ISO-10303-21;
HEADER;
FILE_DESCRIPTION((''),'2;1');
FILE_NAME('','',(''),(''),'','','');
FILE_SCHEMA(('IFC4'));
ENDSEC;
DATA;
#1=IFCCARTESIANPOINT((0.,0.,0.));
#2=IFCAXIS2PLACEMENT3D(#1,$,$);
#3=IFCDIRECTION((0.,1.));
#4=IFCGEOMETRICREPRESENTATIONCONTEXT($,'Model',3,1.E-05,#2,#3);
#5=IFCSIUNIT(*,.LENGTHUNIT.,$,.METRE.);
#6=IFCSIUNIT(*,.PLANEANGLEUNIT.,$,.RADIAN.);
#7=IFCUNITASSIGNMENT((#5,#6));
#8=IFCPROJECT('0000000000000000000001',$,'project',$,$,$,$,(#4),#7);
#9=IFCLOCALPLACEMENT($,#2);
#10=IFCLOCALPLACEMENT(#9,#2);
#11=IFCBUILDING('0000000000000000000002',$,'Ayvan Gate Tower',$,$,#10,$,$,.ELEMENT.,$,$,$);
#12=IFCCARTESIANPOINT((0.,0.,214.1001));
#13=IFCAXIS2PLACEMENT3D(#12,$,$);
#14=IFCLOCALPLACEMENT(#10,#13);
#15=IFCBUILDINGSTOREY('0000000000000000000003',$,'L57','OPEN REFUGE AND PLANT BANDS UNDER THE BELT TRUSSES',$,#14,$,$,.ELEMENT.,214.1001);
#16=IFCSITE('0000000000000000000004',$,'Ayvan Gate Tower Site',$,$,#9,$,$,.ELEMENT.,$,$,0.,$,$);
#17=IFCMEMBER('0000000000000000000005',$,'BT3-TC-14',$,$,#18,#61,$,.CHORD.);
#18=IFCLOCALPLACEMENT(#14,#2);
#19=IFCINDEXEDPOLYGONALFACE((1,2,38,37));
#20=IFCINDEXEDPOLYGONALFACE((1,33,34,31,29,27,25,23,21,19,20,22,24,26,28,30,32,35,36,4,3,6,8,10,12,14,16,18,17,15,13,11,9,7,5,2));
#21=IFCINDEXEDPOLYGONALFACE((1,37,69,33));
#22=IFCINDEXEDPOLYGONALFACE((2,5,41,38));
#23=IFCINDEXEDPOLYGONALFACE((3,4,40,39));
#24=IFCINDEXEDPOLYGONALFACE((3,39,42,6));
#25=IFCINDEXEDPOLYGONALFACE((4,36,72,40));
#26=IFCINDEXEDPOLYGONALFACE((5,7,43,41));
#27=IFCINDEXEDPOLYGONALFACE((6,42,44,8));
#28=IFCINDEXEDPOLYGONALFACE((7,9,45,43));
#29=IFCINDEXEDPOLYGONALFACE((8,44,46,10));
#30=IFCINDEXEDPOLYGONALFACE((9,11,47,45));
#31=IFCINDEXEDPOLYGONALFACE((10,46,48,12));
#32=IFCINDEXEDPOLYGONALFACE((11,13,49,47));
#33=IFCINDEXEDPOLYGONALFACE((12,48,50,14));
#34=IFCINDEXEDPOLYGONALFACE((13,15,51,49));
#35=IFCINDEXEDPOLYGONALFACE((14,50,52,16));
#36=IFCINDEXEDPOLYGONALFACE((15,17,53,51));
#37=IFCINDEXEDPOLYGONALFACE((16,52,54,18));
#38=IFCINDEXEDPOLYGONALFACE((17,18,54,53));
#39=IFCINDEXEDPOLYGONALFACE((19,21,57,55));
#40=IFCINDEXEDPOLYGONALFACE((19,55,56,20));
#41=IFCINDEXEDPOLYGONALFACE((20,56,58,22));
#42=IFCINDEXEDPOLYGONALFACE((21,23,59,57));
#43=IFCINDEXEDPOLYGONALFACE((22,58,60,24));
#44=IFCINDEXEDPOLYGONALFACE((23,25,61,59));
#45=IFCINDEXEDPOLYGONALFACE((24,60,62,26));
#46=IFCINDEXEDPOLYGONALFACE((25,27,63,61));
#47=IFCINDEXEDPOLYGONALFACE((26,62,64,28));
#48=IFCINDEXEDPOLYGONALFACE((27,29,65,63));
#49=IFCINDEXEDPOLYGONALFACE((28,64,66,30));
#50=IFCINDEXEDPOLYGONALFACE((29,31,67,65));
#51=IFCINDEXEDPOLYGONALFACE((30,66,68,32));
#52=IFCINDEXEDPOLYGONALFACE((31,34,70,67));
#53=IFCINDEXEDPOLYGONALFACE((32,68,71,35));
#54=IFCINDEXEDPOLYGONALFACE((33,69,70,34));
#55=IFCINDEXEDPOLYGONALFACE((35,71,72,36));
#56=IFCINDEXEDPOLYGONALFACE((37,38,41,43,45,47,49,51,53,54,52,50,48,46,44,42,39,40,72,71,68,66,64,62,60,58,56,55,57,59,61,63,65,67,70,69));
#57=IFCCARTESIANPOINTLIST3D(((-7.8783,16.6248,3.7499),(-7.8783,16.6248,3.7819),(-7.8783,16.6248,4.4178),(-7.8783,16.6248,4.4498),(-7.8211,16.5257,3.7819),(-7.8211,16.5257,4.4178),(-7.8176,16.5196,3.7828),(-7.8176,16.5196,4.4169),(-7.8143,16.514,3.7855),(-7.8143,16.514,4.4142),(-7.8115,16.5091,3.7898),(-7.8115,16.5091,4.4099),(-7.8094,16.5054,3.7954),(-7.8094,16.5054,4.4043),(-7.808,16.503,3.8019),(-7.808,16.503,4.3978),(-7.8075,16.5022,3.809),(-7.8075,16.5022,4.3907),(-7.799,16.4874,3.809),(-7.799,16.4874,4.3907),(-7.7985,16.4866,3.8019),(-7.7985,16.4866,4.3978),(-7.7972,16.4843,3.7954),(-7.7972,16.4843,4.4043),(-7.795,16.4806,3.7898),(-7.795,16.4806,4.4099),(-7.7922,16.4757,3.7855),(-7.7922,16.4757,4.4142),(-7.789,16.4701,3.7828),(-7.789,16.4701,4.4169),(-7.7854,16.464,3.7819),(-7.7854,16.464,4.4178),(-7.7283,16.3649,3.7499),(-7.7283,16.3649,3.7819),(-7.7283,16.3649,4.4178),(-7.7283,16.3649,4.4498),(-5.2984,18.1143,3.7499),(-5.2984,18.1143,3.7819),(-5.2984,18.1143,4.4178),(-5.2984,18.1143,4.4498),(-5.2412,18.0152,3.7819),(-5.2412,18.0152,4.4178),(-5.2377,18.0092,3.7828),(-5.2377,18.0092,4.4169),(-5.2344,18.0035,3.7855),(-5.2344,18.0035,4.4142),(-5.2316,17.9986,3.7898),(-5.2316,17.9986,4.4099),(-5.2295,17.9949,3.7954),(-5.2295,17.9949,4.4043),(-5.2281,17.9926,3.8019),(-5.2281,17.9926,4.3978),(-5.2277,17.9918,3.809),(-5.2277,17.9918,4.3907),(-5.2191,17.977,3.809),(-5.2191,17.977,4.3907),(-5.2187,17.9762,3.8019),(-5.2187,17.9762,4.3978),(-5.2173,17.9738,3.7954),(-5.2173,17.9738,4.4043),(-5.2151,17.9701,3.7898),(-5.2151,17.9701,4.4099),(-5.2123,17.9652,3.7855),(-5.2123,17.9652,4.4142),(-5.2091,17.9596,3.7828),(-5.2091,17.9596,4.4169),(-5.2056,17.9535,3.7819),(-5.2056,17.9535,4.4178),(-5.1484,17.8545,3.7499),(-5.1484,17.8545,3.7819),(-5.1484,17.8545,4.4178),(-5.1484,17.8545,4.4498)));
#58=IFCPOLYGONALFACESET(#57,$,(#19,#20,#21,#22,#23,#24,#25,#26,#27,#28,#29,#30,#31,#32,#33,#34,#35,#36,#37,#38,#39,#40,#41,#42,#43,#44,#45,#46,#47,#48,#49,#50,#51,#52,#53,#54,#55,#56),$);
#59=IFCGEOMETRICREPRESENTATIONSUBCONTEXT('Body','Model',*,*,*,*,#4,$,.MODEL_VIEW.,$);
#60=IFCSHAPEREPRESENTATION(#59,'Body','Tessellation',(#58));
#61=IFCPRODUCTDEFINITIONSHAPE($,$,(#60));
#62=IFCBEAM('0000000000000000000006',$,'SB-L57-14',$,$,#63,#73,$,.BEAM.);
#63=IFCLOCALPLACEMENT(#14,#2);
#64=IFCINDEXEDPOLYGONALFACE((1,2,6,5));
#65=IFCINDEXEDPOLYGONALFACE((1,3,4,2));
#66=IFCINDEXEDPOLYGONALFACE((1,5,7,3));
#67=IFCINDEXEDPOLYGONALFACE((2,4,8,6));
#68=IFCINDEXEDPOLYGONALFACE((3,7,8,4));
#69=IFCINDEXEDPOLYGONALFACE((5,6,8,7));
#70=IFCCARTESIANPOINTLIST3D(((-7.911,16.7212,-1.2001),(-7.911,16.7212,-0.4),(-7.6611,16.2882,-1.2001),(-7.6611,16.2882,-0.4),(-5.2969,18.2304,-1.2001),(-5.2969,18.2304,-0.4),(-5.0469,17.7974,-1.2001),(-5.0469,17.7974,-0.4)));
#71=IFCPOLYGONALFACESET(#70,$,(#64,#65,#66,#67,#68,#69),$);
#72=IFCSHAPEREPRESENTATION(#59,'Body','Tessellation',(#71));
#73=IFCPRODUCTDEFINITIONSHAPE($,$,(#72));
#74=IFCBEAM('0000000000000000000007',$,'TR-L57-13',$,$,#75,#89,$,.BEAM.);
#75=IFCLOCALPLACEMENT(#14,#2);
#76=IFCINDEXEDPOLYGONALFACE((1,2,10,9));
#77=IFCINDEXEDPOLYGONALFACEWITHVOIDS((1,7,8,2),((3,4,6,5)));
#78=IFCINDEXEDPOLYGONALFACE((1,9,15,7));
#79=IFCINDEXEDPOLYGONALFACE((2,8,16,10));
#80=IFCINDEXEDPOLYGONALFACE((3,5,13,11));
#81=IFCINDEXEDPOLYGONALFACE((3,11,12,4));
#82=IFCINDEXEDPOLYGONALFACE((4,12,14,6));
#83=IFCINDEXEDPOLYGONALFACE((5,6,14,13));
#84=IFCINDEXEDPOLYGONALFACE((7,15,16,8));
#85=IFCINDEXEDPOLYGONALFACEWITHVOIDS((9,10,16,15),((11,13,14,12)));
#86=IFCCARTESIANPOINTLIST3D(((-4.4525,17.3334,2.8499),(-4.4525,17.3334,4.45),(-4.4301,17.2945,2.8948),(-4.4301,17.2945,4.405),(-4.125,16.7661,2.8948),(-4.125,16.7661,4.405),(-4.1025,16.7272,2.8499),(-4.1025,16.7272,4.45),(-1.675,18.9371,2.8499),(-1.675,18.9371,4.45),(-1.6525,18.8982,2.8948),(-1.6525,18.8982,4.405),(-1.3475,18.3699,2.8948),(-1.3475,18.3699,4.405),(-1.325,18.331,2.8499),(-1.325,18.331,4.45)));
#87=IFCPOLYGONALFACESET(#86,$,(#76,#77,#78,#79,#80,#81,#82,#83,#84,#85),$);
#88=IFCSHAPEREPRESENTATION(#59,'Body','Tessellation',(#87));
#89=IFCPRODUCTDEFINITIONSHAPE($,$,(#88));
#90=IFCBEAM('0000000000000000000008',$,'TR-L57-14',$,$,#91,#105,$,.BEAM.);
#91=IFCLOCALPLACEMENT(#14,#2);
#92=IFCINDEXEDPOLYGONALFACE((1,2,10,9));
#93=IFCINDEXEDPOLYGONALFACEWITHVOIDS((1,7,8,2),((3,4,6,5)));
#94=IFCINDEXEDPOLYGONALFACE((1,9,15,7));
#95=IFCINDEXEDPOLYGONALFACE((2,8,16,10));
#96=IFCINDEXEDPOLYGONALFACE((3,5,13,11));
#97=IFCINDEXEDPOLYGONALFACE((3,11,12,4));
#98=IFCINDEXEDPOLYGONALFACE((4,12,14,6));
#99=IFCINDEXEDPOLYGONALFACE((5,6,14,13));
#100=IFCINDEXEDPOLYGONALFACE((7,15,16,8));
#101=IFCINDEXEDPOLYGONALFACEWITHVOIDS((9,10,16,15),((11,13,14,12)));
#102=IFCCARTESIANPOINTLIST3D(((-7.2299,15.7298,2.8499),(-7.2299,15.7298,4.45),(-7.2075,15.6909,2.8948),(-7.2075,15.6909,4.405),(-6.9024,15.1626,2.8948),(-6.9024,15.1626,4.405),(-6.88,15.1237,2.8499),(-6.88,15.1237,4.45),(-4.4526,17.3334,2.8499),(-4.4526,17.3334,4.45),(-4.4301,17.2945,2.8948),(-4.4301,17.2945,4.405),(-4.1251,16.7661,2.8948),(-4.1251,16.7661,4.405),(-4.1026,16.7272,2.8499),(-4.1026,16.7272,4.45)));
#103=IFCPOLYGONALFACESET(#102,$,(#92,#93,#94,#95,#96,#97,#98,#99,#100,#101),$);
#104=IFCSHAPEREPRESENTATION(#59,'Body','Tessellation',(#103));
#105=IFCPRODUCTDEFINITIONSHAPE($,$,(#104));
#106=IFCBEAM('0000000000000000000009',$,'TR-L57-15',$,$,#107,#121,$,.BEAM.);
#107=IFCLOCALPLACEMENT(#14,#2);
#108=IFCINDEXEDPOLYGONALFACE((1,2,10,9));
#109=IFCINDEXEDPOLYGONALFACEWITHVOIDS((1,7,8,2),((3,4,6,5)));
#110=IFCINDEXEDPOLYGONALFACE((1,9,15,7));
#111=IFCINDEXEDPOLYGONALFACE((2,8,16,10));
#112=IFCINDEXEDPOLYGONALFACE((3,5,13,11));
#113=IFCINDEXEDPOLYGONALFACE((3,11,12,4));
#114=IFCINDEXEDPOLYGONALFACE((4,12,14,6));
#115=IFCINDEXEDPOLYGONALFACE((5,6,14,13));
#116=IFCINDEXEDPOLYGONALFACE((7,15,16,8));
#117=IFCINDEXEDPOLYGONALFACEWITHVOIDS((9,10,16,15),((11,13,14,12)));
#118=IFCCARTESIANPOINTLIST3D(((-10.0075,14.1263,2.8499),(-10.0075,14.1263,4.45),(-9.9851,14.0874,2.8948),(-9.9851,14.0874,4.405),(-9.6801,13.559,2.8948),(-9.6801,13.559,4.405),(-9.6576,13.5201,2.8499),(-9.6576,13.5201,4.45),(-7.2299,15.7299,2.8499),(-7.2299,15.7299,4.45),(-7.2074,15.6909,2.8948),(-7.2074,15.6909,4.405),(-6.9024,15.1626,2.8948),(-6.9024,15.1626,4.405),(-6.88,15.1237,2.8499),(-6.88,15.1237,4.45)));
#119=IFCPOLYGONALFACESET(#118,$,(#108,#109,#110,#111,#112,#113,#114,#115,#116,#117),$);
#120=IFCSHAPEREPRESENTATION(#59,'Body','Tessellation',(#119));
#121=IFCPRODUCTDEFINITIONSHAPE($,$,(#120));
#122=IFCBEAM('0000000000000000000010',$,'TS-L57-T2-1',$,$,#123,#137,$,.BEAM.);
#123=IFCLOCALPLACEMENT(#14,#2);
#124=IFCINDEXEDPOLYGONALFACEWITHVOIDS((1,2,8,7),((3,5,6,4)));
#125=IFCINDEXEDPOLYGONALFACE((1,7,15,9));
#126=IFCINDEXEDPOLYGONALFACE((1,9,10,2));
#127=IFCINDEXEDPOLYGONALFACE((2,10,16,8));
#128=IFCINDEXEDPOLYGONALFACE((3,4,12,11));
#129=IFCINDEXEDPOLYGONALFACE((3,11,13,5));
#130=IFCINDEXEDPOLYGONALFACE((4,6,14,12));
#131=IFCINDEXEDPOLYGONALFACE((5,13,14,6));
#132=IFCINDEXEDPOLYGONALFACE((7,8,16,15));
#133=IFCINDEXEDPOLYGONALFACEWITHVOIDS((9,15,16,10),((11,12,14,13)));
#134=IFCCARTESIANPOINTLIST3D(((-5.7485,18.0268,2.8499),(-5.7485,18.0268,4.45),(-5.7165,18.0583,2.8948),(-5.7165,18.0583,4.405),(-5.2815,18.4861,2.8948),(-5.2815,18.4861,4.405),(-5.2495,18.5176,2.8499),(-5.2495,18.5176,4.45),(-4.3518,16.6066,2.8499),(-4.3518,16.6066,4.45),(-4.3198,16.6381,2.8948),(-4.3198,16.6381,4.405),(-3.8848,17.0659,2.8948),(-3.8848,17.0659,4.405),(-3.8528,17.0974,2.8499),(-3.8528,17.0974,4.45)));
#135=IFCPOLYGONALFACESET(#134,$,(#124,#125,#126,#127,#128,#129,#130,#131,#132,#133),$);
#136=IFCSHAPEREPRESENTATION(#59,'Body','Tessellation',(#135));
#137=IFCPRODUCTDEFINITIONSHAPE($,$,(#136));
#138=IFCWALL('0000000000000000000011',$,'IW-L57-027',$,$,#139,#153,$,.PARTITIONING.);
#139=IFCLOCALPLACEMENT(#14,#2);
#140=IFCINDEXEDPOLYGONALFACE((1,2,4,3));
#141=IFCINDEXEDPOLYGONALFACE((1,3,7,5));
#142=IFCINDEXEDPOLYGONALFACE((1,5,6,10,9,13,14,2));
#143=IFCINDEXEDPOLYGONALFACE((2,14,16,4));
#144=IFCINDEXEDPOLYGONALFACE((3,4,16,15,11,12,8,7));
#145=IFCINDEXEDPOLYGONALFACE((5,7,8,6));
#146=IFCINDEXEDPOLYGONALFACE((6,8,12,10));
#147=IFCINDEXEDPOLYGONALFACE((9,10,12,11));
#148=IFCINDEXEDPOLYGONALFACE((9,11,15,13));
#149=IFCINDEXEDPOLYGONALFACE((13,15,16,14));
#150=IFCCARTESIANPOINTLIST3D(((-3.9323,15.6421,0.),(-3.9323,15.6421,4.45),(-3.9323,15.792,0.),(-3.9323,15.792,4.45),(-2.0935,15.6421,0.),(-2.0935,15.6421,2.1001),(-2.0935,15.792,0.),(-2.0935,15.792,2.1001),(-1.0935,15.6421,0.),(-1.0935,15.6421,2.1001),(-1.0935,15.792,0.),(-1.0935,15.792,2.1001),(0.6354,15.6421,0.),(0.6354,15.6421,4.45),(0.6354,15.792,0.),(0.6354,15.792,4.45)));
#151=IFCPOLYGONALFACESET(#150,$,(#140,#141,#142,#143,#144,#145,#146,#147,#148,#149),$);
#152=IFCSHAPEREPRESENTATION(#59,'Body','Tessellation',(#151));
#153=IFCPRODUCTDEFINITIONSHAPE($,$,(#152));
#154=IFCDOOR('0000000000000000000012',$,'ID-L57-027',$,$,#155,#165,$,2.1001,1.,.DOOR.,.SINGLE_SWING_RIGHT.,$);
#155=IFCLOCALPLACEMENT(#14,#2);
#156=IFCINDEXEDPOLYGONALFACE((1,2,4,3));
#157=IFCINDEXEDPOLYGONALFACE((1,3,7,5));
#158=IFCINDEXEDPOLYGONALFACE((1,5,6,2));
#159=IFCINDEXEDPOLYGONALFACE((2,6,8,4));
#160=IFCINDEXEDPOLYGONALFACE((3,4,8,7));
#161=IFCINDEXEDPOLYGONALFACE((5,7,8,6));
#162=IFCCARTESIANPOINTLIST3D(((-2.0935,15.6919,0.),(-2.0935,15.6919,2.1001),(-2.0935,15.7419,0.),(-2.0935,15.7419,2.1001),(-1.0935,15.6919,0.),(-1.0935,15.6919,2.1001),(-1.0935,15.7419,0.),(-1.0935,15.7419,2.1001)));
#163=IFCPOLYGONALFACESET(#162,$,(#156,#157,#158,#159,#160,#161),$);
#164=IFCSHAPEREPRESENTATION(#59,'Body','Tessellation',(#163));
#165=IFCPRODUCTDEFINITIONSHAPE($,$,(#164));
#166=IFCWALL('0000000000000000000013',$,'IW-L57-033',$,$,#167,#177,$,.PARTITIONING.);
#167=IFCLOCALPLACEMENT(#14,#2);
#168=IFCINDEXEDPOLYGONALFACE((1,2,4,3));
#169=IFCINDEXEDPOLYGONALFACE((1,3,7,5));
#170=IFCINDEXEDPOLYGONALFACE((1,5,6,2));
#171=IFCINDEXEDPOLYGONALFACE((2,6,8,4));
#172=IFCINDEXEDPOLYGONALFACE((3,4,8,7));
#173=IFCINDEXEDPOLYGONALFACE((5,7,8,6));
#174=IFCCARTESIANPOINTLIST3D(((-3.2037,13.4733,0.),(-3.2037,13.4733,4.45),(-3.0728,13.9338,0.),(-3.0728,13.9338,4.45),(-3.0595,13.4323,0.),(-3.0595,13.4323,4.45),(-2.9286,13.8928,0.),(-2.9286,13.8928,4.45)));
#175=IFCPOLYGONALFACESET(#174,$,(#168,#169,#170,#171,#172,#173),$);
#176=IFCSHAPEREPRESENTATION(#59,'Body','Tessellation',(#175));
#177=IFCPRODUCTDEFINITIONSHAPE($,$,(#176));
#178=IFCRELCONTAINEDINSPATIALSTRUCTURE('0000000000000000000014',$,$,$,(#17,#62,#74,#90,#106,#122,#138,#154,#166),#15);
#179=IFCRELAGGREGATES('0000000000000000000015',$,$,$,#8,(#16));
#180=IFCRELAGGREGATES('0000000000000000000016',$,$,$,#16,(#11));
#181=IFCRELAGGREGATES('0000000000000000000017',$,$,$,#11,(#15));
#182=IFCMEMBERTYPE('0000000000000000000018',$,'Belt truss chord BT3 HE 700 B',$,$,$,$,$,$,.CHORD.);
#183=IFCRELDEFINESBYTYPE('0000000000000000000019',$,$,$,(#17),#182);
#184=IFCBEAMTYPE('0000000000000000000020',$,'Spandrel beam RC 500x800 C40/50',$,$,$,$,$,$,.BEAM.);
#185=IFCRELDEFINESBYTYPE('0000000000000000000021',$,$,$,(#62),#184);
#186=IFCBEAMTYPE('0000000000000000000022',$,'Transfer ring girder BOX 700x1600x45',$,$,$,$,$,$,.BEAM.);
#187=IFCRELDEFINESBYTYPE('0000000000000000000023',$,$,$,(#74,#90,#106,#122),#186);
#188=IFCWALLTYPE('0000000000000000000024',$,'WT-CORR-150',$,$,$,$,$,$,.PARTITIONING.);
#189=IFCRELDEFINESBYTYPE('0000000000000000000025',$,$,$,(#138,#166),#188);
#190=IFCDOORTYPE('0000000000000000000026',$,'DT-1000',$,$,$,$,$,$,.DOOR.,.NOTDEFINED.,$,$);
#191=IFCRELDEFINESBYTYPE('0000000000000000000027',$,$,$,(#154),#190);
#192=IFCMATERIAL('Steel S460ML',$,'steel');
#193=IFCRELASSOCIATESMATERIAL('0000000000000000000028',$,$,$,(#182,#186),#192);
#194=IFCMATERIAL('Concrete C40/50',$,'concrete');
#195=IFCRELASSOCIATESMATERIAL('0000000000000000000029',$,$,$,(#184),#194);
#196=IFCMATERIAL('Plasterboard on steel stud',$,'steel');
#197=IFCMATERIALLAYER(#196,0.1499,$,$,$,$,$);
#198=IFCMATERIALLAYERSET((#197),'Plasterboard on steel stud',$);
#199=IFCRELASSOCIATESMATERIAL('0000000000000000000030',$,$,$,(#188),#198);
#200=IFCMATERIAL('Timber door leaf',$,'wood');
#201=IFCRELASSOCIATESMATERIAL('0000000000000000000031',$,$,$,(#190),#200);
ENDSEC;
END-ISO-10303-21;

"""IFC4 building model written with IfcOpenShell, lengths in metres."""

from ifc_helpers import new_model, si_unit, direction, frame, frame_2d, origin, origin_2d, place, context, subcontext, project, spatial, rectangle, hollow_rectangle, i_section, extrude, material, layer, layer_set, material_profile, profile_set, type_object, element, fill, save


model = new_model("IFC4")

# Units and contexts
model_context = context("Model", 3, precision=1e-05, world=origin(), true_north=direction((0.0, 1.0)))
body_context = subcontext(model_context, "Body", "Model", "MODEL_VIEW")
ifc_project = project(units=[si_unit("LENGTHUNIT", "METRE"), si_unit("PLANEANGLEUNIT", "RADIAN")], contexts=[model_context])

# Site, building, storey
site_placement = place(None, origin())
site = spatial("IfcSite", under=ifc_project, at=site_placement, Name="Ayvan Gate Tower Site", CompositionType="ELEMENT", RefElevation=0.0)
building_placement = place(site_placement, origin())
building = spatial("IfcBuilding", under=site, at=building_placement, Name="Ayvan Gate Tower", CompositionType="ELEMENT")
storey_placement = place(building_placement, frame((0.0, 0.0, 214.1001)))
storey = spatial("IfcBuildingStorey", under=building, at=storey_placement, Name="L57", Description="OPEN REFUGE AND PLANT BANDS UNDER THE BELT TRUSSES", CompositionType="ELEMENT", Elevation=214.1001)

# Member
ifc_material_1 = material(Name="Steel S460ML", Category="steel")
ifc_material_profile_1 = material_profile(ifc_material_1, i_section(OverallWidth=0.3, OverallDepth=0.7, WebThickness=0.0171, FlangeThickness=0.032, FilletRadius=0.0271, at=origin_2d()), Name="HE 700 B")
ifc_profile_set_1 = profile_set([ifc_material_profile_1], Name="Steel S460ML")
member_type_1 = type_object("IfcMemberType", Name="Belt truss chord BT3 HE 700 B", PredefinedType="CHORD", material=ifc_profile_set_1)
member_1_placement = place(storey_placement, frame((-5.2234, 17.9844, 4.0999), z_axis=(-0.86602, -0.500009, 0.0), x_axis=(0.500009, -0.86602, 0.0)))
element("IfcMember", 1, at=member_1_placement, inside=storey, type_object=member_type_1, Name="BT3-TC-14", PredefinedType="CHORD", context=body_context, shape_type="SweptSolid", body=[
    extrude(i_section(OverallWidth=0.3, OverallDepth=0.7, WebThickness=0.0171, FlangeThickness=0.032, FilletRadius=0.0271, at=origin_2d()), origin(), (0.0, 0.0, 1.0), 2.979),
])

# Beams
ifc_material_2 = material(Name="Concrete C40/50", Category="concrete")
ifc_material_profile_2 = material_profile(ifc_material_2, rectangle(XDim=0.5, YDim=0.8, at=origin_2d()), Name="RC 500x800")
ifc_profile_set_2 = profile_set([ifc_material_profile_2], Name="Concrete C40/50")
beam_type_1 = type_object("IfcBeamType", Name="Spandrel beam RC 500x800 C40/50", PredefinedType="BEAM", material=ifc_profile_set_2)
beam_1_placement = place(storey_placement, frame((-5.1719, 18.0139, -0.8), z_axis=(-0.866035, -0.499984, 0.0), x_axis=(0.499984, -0.866035, 0.0)))
element("IfcBeam", 2, at=beam_1_placement, inside=storey, type_object=beam_type_1, Name="SB-L57-14", PredefinedType="BEAM", context=body_context, shape_type="SweptSolid", body=[
    extrude(rectangle(XDim=0.5, YDim=0.8, at=origin_2d()), origin(), (0.0, 0.0, 1.0), 3.0186),
])
ifc_material_profile_3 = material_profile(ifc_material_1, hollow_rectangle(XDim=0.7, YDim=1.6001, WallThickness=0.0449, at=origin_2d()), Name="BOX 700x1600x45")
ifc_profile_set_3 = profile_set([ifc_material_profile_3], Name="Steel S460ML")
beam_type_2 = type_object("IfcBeamType", Name="Transfer ring girder BOX 700x1600x45", PredefinedType="BEAM", material=ifc_profile_set_3)
beam_2_placement = place(storey_placement, frame((-1.5, 18.634, 3.6499), z_axis=(-0.866009, -0.500028, 0.0), x_axis=(0.500028, -0.866009, 0.0)))
element("IfcBeam", 3, at=beam_2_placement, inside=storey, type_object=beam_type_2, Name="TR-L57-13", PredefinedType="BEAM", context=body_context, shape_type="SweptSolid", body=[
    extrude(hollow_rectangle(XDim=0.7, YDim=1.6001, WallThickness=0.0449, at=origin_2d()), origin(), (0.0, 0.0, 1.0), 3.2073),
])
beam_3_placement = place(storey_placement, frame((-4.2776, 17.0303, 3.6499), z_axis=(-0.866023, -0.500004, 0.0), x_axis=(0.500004, -0.866023, 0.0)))
element("IfcBeam", 4, at=beam_3_placement, inside=storey, type_object=beam_type_2, Name="TR-L57-14", PredefinedType="BEAM", context=body_context, shape_type="SweptSolid", body=[
    extrude(hollow_rectangle(XDim=0.7, YDim=1.6001, WallThickness=0.0449, at=origin_2d()), origin(), (0.0, 0.0, 1.0), 3.207),
])
beam_4_placement = place(storey_placement, frame((-7.0549, 15.4268, 3.6499), z_axis=(-0.866042, -0.499971, 0.0), x_axis=(0.499971, -0.866042, 0.0)))
element("IfcBeam", 5, at=beam_4_placement, inside=storey, type_object=beam_type_2, Name="TR-L57-15", PredefinedType="BEAM", context=body_context, shape_type="SweptSolid", body=[
    extrude(hollow_rectangle(XDim=0.7, YDim=1.6001, WallThickness=0.0449, at=origin_2d()), origin(), (0.0, 0.0, 1.0), 3.2073),
])
beam_5_placement = place(storey_placement, frame((-5.499, 18.2722, 3.6499), z_axis=(0.701199, -0.712965, 0.0), x_axis=(0.712965, 0.701199, 0.0)))
element("IfcBeam", 6, at=beam_5_placement, inside=storey, type_object=beam_type_2, Name="TS-L57-T2-1", PredefinedType="BEAM", context=body_context, shape_type="SweptSolid", body=[
    extrude(hollow_rectangle(XDim=0.7, YDim=1.6001, WallThickness=0.0449, at=origin_2d()), origin(), (0.0, 0.0, 1.0), 1.9919),
])

# Wall, opening, door
ifc_material_3 = material(Name="Plasterboard on steel stud", Category="steel")
ifc_layer_1 = layer(ifc_material_3, 0.1499)
ifc_layer_set_1 = layer_set([ifc_layer_1], Name="Plasterboard on steel stud")
wall_type_1 = type_object("IfcWallType", Name="WT-CORR-150", PredefinedType="PARTITIONING", material=ifc_layer_set_1)
wall_1_placement = place(storey_placement, frame((-3.9321, 15.717, 0.0), z_axis=(0.0, 0.0, 1.0), x_axis=(1.0, 0.0, 0.0)))
wall_1 = element("IfcWall", 7, at=wall_1_placement, inside=storey, type_object=wall_type_1, Name="IW-L57-027", PredefinedType="PARTITIONING", context=body_context, shape_type="SweptSolid", body=[
    extrude(rectangle(XDim=4.5676, YDim=0.1499, at=frame_2d((2.2837, 0.0))), origin(), (0.0, 0.0, 1.0), 4.45),
])
opening_placement = place(wall_1_placement, frame((1.8386, 0.0, 0.0)))
opening = element("IfcOpeningElement", 8, at=opening_placement, cuts=wall_1, PredefinedType="OPENING", context=body_context, shape_type="SweptSolid", body=[
    extrude(rectangle(XDim=1.0, YDim=2.1001, at=frame_2d((0.5, 1.05))), frame((0.0, 0.085, 0.0), z_axis=(0.0, -1.0, 0.0), x_axis=(1.0, 0.0, 0.0)), (0.0, 0.0, 1.0), 0.1699),
])
ifc_material_4 = material(Name="Timber door leaf", Category="wood")
door_type = type_object("IfcDoorType", Name="DT-1000", OperationType="NOTDEFINED", PredefinedType="DOOR", material=ifc_material_4)
door_placement = place(opening_placement, origin())
door = element("IfcDoor", 9, at=door_placement, inside=storey, type_object=door_type, Name="ID-L57-027", OperationType="SINGLE_SWING_RIGHT", OverallHeight=2.1001, OverallWidth=1.0, PredefinedType="DOOR", context=body_context, shape_type="SweptSolid", body=[
    extrude(rectangle(XDim=1.0, YDim=2.1001, at=frame_2d((0.5, 1.05))), frame((0.0, 0.0249, 0.0), z_axis=(0.0, -1.0, 0.0), x_axis=(1.0, 0.0, 0.0)), (0.0, 0.0, 1.0), 0.05),
])
fill(opening, door)

# Wall
wall_2_placement = place(storey_placement, frame((-3.1316, 13.4529, 0.0), z_axis=(0.0, 0.0, 1.0), x_axis=(0.273374, 0.961908, 0.0)))
element("IfcWall", 10, at=wall_2_placement, inside=storey, type_object=wall_type_1, Name="IW-L57-033", PredefinedType="PARTITIONING", context=body_context, shape_type="SweptSolid", body=[
    extrude(rectangle(XDim=0.4788, YDim=0.1499, at=frame_2d((0.2393, 0.0))), origin(), (0.0, 0.0, 1.0), 4.45),
])

save(model, "model.ifc")
